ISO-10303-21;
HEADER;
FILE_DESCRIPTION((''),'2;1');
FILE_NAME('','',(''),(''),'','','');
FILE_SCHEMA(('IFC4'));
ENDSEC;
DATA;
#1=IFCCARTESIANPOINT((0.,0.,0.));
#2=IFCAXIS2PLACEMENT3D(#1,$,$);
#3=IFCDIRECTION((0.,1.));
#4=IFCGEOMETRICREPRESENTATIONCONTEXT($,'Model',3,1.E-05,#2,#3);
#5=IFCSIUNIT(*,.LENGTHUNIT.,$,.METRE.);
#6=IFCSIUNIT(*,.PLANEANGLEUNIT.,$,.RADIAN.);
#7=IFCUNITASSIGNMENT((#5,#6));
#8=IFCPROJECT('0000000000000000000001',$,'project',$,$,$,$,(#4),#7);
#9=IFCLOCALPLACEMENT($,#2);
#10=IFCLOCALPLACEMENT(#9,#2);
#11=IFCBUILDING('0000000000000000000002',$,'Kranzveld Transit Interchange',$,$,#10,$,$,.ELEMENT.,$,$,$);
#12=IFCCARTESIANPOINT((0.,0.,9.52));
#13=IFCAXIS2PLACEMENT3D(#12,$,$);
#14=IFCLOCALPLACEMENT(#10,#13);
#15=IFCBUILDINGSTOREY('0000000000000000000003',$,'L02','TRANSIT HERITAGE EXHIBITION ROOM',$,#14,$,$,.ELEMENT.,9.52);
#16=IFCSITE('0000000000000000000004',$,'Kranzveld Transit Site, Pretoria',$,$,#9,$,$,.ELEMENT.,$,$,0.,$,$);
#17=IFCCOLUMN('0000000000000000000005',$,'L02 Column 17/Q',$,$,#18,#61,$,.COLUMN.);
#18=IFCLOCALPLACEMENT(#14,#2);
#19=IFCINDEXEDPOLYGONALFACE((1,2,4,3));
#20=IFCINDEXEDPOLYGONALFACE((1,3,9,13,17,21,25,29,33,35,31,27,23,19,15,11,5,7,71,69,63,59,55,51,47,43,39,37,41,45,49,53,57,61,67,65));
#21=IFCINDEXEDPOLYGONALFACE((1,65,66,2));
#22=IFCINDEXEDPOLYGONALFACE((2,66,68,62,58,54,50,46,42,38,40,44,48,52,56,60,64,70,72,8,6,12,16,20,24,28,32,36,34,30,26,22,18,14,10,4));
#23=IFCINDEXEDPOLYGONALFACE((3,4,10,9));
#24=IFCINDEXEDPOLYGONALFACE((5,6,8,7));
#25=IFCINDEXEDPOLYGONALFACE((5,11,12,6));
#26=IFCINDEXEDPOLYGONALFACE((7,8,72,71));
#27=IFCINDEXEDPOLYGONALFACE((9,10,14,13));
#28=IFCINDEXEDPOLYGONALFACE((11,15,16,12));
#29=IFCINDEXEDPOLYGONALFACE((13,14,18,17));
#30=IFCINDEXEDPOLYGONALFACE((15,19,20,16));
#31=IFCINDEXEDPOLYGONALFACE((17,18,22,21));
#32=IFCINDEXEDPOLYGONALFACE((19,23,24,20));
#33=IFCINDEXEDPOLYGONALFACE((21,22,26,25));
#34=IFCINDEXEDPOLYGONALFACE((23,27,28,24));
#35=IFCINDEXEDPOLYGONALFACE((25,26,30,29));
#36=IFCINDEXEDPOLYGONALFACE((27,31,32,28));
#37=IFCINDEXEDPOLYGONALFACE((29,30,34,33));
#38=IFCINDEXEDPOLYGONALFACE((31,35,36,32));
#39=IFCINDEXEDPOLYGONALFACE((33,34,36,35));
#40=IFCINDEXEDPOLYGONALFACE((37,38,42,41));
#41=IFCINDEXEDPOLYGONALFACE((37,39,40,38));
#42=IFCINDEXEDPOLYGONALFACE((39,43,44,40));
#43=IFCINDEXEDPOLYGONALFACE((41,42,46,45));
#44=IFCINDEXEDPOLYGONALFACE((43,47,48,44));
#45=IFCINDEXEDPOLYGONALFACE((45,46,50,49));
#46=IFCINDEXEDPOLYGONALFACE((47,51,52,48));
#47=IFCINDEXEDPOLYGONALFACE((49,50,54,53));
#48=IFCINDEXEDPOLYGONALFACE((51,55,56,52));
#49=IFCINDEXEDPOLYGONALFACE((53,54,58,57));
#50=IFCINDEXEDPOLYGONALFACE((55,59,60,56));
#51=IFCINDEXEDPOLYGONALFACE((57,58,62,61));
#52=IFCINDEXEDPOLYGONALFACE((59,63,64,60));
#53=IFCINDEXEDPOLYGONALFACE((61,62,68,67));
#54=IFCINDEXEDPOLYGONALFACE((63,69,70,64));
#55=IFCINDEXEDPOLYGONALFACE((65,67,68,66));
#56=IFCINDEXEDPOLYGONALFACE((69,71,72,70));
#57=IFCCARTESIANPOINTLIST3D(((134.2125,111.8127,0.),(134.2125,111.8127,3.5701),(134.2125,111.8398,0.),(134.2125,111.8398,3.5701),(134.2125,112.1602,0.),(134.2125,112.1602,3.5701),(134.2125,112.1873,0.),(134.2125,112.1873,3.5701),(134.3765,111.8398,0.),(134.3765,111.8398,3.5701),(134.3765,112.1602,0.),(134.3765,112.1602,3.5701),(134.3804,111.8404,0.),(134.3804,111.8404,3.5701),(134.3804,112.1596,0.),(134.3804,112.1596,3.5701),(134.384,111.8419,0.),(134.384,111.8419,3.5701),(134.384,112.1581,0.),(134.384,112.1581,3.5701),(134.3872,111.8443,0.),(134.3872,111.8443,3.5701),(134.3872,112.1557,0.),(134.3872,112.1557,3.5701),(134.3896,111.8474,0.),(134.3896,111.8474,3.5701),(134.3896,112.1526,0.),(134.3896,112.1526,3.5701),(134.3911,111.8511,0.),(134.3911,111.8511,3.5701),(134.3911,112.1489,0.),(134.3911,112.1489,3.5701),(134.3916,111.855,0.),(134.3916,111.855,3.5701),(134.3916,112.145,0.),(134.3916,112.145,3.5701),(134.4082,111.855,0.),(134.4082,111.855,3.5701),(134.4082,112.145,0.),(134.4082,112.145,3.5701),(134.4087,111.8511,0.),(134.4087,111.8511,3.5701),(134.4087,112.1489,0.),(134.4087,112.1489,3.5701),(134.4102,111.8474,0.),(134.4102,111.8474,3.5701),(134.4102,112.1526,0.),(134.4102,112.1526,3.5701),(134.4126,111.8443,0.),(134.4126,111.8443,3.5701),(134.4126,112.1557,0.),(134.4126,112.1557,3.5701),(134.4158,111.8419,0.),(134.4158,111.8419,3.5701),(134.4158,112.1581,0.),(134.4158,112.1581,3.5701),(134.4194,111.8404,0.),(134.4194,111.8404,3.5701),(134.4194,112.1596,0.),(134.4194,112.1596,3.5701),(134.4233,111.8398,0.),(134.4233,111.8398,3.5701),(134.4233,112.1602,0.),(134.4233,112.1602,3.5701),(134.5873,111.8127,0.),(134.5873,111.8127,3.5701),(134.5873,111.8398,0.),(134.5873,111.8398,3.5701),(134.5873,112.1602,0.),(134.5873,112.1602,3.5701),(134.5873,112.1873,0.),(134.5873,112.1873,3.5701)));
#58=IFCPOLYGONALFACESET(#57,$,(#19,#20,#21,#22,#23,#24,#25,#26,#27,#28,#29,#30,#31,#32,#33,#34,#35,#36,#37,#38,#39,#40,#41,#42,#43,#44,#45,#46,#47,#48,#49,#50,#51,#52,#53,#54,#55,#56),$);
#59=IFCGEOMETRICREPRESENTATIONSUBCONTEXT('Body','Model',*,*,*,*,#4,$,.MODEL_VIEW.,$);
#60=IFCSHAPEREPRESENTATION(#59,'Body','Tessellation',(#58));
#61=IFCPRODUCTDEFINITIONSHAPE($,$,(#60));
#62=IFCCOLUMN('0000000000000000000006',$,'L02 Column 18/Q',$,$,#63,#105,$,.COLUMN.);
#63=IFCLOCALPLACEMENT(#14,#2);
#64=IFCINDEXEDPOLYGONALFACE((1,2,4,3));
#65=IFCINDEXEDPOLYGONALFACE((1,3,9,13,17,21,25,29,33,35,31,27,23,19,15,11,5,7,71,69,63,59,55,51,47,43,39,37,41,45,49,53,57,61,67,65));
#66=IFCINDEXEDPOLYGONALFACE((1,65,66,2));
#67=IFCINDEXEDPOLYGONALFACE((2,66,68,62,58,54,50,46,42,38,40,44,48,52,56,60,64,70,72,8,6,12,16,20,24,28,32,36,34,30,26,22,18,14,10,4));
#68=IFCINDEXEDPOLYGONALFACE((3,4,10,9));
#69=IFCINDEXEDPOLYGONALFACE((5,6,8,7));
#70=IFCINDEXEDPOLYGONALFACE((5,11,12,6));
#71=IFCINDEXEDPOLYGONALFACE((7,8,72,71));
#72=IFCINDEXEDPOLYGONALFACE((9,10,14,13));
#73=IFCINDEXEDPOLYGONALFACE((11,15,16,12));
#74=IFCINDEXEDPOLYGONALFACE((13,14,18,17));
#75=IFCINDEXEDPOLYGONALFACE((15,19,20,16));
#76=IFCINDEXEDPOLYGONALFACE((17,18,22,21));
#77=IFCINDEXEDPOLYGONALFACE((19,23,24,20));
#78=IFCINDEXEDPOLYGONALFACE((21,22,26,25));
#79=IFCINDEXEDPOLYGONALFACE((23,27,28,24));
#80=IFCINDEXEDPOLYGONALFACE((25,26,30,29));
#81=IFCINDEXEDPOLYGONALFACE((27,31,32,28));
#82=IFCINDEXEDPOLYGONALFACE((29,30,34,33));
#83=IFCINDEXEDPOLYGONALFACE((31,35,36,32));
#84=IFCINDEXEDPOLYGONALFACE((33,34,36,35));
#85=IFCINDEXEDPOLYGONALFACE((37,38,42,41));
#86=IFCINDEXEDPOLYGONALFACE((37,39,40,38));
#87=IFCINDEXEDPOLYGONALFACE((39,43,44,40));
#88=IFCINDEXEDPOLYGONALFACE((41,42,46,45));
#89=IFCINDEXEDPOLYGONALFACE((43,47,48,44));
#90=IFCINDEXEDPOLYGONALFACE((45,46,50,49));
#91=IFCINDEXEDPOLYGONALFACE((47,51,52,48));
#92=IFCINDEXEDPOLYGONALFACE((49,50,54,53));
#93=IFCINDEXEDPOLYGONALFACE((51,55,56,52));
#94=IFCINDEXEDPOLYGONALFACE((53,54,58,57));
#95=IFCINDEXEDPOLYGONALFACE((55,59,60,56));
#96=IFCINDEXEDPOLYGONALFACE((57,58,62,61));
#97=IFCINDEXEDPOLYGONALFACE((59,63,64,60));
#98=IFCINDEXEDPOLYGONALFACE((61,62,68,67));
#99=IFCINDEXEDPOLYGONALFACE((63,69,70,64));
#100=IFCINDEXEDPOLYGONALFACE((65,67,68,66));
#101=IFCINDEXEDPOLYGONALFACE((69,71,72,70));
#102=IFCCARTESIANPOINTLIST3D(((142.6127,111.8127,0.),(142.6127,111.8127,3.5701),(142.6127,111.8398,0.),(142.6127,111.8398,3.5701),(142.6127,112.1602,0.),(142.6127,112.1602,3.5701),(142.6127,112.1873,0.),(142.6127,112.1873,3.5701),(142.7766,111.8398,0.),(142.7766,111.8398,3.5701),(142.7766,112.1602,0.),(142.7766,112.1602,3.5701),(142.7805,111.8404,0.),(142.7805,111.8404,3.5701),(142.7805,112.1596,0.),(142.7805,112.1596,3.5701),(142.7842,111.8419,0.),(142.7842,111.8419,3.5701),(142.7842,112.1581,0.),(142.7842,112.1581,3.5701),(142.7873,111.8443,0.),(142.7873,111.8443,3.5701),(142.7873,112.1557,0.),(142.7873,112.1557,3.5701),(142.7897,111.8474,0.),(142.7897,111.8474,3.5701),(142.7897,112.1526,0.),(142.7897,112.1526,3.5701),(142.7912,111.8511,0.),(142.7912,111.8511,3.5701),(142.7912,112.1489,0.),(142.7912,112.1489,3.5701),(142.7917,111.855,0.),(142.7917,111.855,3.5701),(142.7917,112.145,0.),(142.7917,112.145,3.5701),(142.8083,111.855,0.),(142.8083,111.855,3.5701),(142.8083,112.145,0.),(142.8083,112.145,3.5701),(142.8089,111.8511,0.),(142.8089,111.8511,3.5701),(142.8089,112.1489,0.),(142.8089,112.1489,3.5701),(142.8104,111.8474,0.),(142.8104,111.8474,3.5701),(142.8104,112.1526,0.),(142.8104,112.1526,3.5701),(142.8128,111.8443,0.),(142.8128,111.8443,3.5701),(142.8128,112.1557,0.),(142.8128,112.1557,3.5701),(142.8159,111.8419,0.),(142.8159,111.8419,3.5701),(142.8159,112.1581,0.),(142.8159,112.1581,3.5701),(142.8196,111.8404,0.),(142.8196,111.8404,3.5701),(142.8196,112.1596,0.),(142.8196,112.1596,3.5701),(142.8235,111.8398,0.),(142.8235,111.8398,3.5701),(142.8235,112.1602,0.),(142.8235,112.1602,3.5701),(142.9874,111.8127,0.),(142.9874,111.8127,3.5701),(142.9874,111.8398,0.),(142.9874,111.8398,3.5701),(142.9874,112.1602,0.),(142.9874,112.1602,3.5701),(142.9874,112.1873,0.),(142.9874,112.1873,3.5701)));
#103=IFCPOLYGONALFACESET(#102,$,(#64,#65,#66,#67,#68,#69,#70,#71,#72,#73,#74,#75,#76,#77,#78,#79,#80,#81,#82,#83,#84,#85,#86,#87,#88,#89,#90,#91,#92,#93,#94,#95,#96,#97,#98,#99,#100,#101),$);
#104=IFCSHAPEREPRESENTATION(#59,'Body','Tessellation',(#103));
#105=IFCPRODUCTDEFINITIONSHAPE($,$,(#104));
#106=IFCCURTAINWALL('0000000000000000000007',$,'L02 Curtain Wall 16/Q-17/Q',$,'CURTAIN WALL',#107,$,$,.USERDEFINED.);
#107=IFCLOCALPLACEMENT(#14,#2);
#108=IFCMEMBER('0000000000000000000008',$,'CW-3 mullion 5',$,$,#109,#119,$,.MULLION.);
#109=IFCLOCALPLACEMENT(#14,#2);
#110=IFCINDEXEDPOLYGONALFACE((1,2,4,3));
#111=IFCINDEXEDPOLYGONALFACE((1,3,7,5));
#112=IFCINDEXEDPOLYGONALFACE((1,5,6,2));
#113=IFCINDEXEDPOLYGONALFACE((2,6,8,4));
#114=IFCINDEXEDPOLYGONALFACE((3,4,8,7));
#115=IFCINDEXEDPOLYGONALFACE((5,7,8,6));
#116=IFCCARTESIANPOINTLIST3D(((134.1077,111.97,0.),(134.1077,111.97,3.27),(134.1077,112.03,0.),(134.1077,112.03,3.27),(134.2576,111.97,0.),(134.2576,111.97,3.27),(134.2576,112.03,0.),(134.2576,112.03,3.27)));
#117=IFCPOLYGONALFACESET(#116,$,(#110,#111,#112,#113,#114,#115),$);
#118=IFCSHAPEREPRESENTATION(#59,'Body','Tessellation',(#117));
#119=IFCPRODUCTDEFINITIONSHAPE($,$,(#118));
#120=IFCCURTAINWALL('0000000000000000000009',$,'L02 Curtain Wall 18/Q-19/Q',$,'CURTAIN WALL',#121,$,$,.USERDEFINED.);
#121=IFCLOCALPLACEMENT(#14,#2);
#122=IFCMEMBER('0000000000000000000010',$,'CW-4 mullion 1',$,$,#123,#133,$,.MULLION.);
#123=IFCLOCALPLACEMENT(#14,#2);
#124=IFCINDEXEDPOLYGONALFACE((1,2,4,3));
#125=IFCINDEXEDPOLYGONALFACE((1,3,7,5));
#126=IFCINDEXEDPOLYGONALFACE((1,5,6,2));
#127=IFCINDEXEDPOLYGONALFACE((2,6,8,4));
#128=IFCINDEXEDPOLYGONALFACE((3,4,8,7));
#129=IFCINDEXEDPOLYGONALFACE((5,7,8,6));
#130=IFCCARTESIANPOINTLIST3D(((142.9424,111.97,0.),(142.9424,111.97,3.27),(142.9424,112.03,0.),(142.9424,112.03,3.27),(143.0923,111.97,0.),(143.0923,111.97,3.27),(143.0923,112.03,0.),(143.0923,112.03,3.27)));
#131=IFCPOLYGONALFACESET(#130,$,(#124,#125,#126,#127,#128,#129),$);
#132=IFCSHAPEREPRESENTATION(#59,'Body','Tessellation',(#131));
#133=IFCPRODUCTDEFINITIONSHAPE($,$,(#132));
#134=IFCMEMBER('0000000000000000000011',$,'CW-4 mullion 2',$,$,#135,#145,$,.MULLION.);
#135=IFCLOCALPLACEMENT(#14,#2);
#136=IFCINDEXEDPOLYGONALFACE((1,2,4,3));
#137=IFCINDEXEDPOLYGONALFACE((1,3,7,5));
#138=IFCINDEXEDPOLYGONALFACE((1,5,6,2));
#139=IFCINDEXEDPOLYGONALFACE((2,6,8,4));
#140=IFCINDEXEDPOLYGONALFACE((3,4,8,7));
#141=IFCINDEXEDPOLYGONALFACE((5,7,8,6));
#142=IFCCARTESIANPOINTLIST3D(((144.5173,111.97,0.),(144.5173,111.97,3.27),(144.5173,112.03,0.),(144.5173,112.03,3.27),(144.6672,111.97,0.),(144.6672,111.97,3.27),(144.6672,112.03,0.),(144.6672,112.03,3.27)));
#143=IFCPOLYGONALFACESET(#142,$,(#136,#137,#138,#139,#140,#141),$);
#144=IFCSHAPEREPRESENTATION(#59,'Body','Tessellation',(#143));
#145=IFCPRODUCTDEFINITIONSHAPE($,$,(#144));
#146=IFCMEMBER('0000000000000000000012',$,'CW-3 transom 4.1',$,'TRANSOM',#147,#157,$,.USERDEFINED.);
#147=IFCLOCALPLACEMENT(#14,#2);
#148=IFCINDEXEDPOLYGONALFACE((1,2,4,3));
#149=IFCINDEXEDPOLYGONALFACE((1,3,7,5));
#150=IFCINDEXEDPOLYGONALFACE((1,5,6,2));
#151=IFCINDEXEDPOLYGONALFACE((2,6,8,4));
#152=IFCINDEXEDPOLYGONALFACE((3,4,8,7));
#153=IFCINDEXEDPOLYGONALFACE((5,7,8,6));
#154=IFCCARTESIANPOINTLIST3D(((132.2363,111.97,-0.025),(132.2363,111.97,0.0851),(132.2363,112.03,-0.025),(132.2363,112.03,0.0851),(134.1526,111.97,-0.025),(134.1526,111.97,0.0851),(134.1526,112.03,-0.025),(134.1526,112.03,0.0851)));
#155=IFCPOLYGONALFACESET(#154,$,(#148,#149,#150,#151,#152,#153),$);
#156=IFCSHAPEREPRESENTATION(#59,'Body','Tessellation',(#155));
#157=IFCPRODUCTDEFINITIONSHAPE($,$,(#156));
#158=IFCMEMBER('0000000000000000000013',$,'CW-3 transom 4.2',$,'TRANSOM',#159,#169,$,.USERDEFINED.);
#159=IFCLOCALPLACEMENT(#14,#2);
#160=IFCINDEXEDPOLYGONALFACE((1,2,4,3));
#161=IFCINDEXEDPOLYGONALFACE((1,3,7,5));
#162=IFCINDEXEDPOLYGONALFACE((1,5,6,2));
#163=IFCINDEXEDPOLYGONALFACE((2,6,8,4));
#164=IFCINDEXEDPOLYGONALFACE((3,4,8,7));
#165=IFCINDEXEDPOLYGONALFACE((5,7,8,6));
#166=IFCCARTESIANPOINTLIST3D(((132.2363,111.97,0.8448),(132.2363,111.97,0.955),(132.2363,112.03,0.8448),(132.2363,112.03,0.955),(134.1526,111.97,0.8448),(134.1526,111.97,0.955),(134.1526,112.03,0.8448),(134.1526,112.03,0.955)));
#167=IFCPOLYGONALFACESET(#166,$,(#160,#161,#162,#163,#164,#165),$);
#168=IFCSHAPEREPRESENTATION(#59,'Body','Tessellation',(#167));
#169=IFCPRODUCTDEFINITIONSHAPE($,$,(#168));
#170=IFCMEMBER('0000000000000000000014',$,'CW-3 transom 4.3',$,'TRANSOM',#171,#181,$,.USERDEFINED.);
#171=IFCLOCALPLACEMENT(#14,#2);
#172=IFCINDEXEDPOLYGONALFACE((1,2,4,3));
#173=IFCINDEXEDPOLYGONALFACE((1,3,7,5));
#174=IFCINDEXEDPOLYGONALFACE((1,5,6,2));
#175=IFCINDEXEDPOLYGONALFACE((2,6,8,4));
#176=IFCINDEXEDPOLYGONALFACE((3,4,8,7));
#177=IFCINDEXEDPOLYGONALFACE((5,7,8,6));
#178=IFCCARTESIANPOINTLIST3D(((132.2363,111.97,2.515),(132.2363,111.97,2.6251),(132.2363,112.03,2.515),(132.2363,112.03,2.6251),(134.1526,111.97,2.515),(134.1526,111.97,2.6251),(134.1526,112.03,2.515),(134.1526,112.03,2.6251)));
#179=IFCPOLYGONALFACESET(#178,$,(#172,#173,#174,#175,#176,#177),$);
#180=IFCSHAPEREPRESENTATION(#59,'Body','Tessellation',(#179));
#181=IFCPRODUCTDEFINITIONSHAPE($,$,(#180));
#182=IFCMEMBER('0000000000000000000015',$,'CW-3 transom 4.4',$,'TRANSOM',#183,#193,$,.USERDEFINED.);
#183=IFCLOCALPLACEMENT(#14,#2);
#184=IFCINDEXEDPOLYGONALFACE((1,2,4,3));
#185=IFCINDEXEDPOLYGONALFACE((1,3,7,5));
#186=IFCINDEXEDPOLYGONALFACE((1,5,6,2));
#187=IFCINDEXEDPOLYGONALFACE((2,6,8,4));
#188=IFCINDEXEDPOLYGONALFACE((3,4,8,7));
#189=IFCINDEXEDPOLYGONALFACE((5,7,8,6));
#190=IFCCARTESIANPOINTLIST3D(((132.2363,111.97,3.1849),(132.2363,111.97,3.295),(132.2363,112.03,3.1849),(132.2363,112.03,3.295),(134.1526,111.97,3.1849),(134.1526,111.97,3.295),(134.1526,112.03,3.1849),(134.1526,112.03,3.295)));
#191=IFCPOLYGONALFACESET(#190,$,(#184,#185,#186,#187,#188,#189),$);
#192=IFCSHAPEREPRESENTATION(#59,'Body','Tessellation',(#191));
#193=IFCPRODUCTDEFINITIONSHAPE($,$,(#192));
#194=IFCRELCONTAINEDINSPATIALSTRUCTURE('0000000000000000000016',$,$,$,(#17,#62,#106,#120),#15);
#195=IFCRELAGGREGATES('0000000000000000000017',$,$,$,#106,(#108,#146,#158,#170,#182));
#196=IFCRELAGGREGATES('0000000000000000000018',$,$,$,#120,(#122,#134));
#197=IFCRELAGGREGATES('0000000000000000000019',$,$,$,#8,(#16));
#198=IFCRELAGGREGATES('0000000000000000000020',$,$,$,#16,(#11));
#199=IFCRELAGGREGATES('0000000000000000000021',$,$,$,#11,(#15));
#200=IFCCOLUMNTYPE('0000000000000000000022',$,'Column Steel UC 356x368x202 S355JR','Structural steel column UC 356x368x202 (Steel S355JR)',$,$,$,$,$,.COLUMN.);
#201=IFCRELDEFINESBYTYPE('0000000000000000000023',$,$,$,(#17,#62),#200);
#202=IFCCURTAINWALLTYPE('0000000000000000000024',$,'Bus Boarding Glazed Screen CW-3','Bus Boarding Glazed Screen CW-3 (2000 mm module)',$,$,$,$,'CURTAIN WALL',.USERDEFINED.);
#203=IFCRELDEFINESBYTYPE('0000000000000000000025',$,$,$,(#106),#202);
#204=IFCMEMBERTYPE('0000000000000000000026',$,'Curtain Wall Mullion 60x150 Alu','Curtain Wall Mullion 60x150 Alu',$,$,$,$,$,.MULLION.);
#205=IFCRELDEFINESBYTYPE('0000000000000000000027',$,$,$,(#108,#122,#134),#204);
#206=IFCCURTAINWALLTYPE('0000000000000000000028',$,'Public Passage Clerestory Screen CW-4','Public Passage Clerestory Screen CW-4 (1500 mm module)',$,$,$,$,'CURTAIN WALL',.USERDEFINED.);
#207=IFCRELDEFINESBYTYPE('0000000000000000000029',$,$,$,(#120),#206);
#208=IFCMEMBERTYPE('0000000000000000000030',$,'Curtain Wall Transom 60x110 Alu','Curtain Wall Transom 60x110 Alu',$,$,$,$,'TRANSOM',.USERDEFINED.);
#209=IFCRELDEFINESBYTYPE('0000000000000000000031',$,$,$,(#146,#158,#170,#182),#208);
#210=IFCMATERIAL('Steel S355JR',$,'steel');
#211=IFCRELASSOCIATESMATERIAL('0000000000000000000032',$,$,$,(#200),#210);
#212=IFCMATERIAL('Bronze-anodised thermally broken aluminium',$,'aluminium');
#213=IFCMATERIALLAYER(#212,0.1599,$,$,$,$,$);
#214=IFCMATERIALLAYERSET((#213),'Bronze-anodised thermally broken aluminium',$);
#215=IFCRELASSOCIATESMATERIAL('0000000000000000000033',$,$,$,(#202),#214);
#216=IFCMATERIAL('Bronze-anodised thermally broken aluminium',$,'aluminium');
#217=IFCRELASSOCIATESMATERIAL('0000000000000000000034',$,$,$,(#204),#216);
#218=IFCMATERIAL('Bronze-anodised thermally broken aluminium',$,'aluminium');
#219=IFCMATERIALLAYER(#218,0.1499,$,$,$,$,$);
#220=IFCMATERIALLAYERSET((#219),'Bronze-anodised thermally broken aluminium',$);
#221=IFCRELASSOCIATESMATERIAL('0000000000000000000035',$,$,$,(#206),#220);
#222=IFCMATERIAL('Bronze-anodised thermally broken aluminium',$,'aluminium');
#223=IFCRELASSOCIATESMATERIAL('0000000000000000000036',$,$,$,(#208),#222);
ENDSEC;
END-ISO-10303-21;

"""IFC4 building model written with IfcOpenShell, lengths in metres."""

from ifc_helpers import new_model, si_unit, direction, frame, origin, origin_2d, place, context, subcontext, project, spatial, rectangle, i_section, extrude, material, layer, layer_set, material_profile, profile_set, type_object, element, aggregate, save


model = new_model("IFC4")

# Units and contexts
model_context = context("Model", 3, precision=1e-05, world=origin(), true_north=direction((0.0, 1.0)))
body_context = subcontext(model_context, "Body", "Model", "MODEL_VIEW")
ifc_project = project(units=[si_unit("LENGTHUNIT", "METRE"), si_unit("PLANEANGLEUNIT", "RADIAN")], contexts=[model_context])

# Site, building, storey
site_placement = place(None, origin())
site = spatial("IfcSite", under=ifc_project, at=site_placement, Name="Kranzveld Transit Site, Pretoria", CompositionType="ELEMENT", RefElevation=0.0)
building_placement = place(site_placement, origin())
building = spatial("IfcBuilding", under=site, at=building_placement, Name="Kranzveld Transit Interchange", CompositionType="ELEMENT")
storey_placement = place(building_placement, frame((0.0, 0.0, 9.52)))
storey = spatial("IfcBuildingStorey", under=building, at=storey_placement, Name="L02", Description="TRANSIT HERITAGE EXHIBITION ROOM", CompositionType="ELEMENT", Elevation=9.52)

# Columns
ifc_material_1 = material(Name="Steel S355JR", Category="steel")
ifc_material_profile_1 = material_profile(ifc_material_1, i_section(OverallWidth=0.3748, OverallDepth=0.3745, WebThickness=0.0166, FlangeThickness=0.0271, FilletRadius=0.0151, at=origin_2d()), Name="UC 356x368x202")
ifc_profile_set_1 = profile_set([ifc_material_profile_1], Name="Steel S355JR")
column_type = type_object("IfcColumnType", Name="Column Steel UC 356x368x202 S355JR", Description="Structural steel column UC 356x368x202 (Steel S355JR)", PredefinedType="COLUMN", material=ifc_profile_set_1)
for number, where, z_axis, x_axis, name in (
    (1, (134.3999, 112.0, 0.0), (0.0, 0.0, 1.0), (1.0, 0.0, 0.0), "L02 Column 17/Q"),
    (2, (142.8, 112.0, 0.0), (0.0, 0.0, 1.0), (1.0, 0.0, 0.0), "L02 Column 18/Q"),
):
    element("IfcColumn", number, at=place(storey_placement, frame(where, z_axis=z_axis, x_axis=x_axis)), inside=storey, type_object=column_type, Name=name, PredefinedType="COLUMN", context=body_context, shape_type="SweptSolid", body=[
        extrude(i_section(OverallWidth=0.3748, OverallDepth=0.3745, WebThickness=0.0166, FlangeThickness=0.0271, FilletRadius=0.0151, at=origin_2d()), origin(), (0.0, 0.0, 1.0), 3.5701),
    ])

# Curtain wall, member
ifc_material_2 = material(Name="Bronze-anodised thermally broken aluminium", Category="aluminium")
ifc_layer_1 = layer(ifc_material_2, 0.1599)
ifc_layer_set_1 = layer_set([ifc_layer_1], Name="Bronze-anodised thermally broken aluminium")
curtain_wall_type_1 = type_object("IfcCurtainWallType", Name="Bus Boarding Glazed Screen CW-3", Description="Bus Boarding Glazed Screen CW-3 (2000 mm module)", ElementType="CURTAIN WALL", PredefinedType="USERDEFINED", material=ifc_layer_set_1)
curtain_wall_1_placement = place(storey_placement, origin())
curtain_wall_1 = element("IfcCurtainWall", 3, at=curtain_wall_1_placement, inside=storey, type_object=curtain_wall_type_1, Name="L02 Curtain Wall 16/Q-17/Q", ObjectType="CURTAIN WALL", PredefinedType="USERDEFINED")
ifc_material_3 = material(Name="Bronze-anodised thermally broken aluminium", Category="aluminium")
ifc_material_profile_2 = material_profile(ifc_material_3, rectangle(XDim=0.0601, YDim=0.1499, at=origin_2d()), Name="ALU MULLION 60x150")
ifc_profile_set_2 = profile_set([ifc_material_profile_2], Name="Bronze-anodised thermally broken aluminium")
member_type_1 = type_object("IfcMemberType", Name="Curtain Wall Mullion 60x150 Alu", Description="Curtain Wall Mullion 60x150 Alu", PredefinedType="MULLION", material=ifc_profile_set_2)
member_1_placement = place(storey_placement, frame((134.1826, 112.0, 0.0), z_axis=(0.0, 0.0, 1.0), x_axis=(0.0, 1.0, 0.0)))
member_1 = element("IfcMember", 4, at=member_1_placement, type_object=member_type_1, Name="CW-3 mullion 5", PredefinedType="MULLION", context=body_context, shape_type="SweptSolid", body=[
    extrude(rectangle(XDim=0.0601, YDim=0.1499, at=origin_2d()), origin(), (0.0, 0.0, 1.0), 3.27),
])

# Curtain wall, members
ifc_material_4 = material(Name="Bronze-anodised thermally broken aluminium", Category="aluminium")
ifc_layer_2 = layer(ifc_material_4, 0.1499)
ifc_layer_set_2 = layer_set([ifc_layer_2], Name="Bronze-anodised thermally broken aluminium")
curtain_wall_type_2 = type_object("IfcCurtainWallType", Name="Public Passage Clerestory Screen CW-4", Description="Public Passage Clerestory Screen CW-4 (1500 mm module)", ElementType="CURTAIN WALL", PredefinedType="USERDEFINED", material=ifc_layer_set_2)
curtain_wall_2_placement = place(storey_placement, origin())
curtain_wall_2 = element("IfcCurtainWall", 5, at=curtain_wall_2_placement, inside=storey, type_object=curtain_wall_type_2, Name="L02 Curtain Wall 18/Q-19/Q", ObjectType="CURTAIN WALL", PredefinedType="USERDEFINED")
member_2_placement = place(storey_placement, frame((143.0173, 112.0, 0.0), z_axis=(0.0, 0.0, 1.0), x_axis=(0.0, 1.0, 0.0)))
member_2 = element("IfcMember", 6, at=member_2_placement, type_object=member_type_1, Name="CW-4 mullion 1", PredefinedType="MULLION", context=body_context, shape_type="SweptSolid", body=[
    extrude(rectangle(XDim=0.0601, YDim=0.1499, at=origin_2d()), origin(), (0.0, 0.0, 1.0), 3.27),
])
member_3_placement = place(storey_placement, frame((144.5923, 112.0, 0.0), z_axis=(0.0, 0.0, 1.0), x_axis=(0.0, 1.0, 0.0)))
member_3 = element("IfcMember", 7, at=member_3_placement, type_object=member_type_1, Name="CW-4 mullion 2", PredefinedType="MULLION", context=body_context, shape_type="SweptSolid", body=[
    extrude(rectangle(XDim=0.0601, YDim=0.1499, at=origin_2d()), origin(), (0.0, 0.0, 1.0), 3.27),
])

# Members
ifc_material_5 = material(Name="Bronze-anodised thermally broken aluminium", Category="aluminium")
ifc_material_profile_3 = material_profile(ifc_material_5, rectangle(XDim=0.0601, YDim=0.1101, at=origin_2d()), Name="ALU TRANSOM 60x110")
ifc_profile_set_3 = profile_set([ifc_material_profile_3], Name="Bronze-anodised thermally broken aluminium")
member_type_2 = type_object("IfcMemberType", Name="Curtain Wall Transom 60x110 Alu", Description="Curtain Wall Transom 60x110 Alu", ElementType="TRANSOM", PredefinedType="USERDEFINED", material=ifc_profile_set_3)
member_4_placement = place(storey_placement, frame((132.2363, 112.0, 0.03), z_axis=(1.0, 0.0, 0.0), x_axis=(0.0, 1.0, 0.0)))
member_4 = element("IfcMember", 8, at=member_4_placement, type_object=member_type_2, Name="CW-3 transom 4.1", ObjectType="TRANSOM", PredefinedType="USERDEFINED", context=body_context, shape_type="SweptSolid", body=[
    extrude(rectangle(XDim=0.0601, YDim=0.1101, at=origin_2d()), origin(), (0.0, 0.0, 1.0), 1.9163),
])
member_5_placement = place(storey_placement, frame((132.2363, 112.0, 0.8999), z_axis=(1.0, 0.0, 0.0), x_axis=(0.0, 1.0, 0.0)))
member_5 = element("IfcMember", 9, at=member_5_placement, type_object=member_type_2, Name="CW-3 transom 4.2", ObjectType="TRANSOM", PredefinedType="USERDEFINED", context=body_context, shape_type="SweptSolid", body=[
    extrude(rectangle(XDim=0.0601, YDim=0.1101, at=origin_2d()), origin(), (0.0, 0.0, 1.0), 1.9163),
])
member_6_placement = place(storey_placement, frame((132.2363, 112.0, 2.5701), z_axis=(1.0, 0.0, 0.0), x_axis=(0.0, 1.0, 0.0)))
member_6 = element("IfcMember", 10, at=member_6_placement, type_object=member_type_2, Name="CW-3 transom 4.3", ObjectType="TRANSOM", PredefinedType="USERDEFINED", context=body_context, shape_type="SweptSolid", body=[
    extrude(rectangle(XDim=0.0601, YDim=0.1101, at=origin_2d()), origin(), (0.0, 0.0, 1.0), 1.9163),
])
member_7_placement = place(storey_placement, frame((132.2363, 112.0, 3.24), z_axis=(1.0, 0.0, 0.0), x_axis=(0.0, 1.0, 0.0)))
member_7 = element("IfcMember", 11, at=member_7_placement, type_object=member_type_2, Name="CW-3 transom 4.4", ObjectType="TRANSOM", PredefinedType="USERDEFINED", context=body_context, shape_type="SweptSolid", body=[
    extrude(rectangle(XDim=0.0601, YDim=0.1101, at=origin_2d()), origin(), (0.0, 0.0, 1.0), 1.9163),
])

aggregate(curtain_wall_1, [member_1, member_4, member_5, member_6, member_7])
aggregate(curtain_wall_2, [member_2, member_3])

save(model, "model.ifc")
